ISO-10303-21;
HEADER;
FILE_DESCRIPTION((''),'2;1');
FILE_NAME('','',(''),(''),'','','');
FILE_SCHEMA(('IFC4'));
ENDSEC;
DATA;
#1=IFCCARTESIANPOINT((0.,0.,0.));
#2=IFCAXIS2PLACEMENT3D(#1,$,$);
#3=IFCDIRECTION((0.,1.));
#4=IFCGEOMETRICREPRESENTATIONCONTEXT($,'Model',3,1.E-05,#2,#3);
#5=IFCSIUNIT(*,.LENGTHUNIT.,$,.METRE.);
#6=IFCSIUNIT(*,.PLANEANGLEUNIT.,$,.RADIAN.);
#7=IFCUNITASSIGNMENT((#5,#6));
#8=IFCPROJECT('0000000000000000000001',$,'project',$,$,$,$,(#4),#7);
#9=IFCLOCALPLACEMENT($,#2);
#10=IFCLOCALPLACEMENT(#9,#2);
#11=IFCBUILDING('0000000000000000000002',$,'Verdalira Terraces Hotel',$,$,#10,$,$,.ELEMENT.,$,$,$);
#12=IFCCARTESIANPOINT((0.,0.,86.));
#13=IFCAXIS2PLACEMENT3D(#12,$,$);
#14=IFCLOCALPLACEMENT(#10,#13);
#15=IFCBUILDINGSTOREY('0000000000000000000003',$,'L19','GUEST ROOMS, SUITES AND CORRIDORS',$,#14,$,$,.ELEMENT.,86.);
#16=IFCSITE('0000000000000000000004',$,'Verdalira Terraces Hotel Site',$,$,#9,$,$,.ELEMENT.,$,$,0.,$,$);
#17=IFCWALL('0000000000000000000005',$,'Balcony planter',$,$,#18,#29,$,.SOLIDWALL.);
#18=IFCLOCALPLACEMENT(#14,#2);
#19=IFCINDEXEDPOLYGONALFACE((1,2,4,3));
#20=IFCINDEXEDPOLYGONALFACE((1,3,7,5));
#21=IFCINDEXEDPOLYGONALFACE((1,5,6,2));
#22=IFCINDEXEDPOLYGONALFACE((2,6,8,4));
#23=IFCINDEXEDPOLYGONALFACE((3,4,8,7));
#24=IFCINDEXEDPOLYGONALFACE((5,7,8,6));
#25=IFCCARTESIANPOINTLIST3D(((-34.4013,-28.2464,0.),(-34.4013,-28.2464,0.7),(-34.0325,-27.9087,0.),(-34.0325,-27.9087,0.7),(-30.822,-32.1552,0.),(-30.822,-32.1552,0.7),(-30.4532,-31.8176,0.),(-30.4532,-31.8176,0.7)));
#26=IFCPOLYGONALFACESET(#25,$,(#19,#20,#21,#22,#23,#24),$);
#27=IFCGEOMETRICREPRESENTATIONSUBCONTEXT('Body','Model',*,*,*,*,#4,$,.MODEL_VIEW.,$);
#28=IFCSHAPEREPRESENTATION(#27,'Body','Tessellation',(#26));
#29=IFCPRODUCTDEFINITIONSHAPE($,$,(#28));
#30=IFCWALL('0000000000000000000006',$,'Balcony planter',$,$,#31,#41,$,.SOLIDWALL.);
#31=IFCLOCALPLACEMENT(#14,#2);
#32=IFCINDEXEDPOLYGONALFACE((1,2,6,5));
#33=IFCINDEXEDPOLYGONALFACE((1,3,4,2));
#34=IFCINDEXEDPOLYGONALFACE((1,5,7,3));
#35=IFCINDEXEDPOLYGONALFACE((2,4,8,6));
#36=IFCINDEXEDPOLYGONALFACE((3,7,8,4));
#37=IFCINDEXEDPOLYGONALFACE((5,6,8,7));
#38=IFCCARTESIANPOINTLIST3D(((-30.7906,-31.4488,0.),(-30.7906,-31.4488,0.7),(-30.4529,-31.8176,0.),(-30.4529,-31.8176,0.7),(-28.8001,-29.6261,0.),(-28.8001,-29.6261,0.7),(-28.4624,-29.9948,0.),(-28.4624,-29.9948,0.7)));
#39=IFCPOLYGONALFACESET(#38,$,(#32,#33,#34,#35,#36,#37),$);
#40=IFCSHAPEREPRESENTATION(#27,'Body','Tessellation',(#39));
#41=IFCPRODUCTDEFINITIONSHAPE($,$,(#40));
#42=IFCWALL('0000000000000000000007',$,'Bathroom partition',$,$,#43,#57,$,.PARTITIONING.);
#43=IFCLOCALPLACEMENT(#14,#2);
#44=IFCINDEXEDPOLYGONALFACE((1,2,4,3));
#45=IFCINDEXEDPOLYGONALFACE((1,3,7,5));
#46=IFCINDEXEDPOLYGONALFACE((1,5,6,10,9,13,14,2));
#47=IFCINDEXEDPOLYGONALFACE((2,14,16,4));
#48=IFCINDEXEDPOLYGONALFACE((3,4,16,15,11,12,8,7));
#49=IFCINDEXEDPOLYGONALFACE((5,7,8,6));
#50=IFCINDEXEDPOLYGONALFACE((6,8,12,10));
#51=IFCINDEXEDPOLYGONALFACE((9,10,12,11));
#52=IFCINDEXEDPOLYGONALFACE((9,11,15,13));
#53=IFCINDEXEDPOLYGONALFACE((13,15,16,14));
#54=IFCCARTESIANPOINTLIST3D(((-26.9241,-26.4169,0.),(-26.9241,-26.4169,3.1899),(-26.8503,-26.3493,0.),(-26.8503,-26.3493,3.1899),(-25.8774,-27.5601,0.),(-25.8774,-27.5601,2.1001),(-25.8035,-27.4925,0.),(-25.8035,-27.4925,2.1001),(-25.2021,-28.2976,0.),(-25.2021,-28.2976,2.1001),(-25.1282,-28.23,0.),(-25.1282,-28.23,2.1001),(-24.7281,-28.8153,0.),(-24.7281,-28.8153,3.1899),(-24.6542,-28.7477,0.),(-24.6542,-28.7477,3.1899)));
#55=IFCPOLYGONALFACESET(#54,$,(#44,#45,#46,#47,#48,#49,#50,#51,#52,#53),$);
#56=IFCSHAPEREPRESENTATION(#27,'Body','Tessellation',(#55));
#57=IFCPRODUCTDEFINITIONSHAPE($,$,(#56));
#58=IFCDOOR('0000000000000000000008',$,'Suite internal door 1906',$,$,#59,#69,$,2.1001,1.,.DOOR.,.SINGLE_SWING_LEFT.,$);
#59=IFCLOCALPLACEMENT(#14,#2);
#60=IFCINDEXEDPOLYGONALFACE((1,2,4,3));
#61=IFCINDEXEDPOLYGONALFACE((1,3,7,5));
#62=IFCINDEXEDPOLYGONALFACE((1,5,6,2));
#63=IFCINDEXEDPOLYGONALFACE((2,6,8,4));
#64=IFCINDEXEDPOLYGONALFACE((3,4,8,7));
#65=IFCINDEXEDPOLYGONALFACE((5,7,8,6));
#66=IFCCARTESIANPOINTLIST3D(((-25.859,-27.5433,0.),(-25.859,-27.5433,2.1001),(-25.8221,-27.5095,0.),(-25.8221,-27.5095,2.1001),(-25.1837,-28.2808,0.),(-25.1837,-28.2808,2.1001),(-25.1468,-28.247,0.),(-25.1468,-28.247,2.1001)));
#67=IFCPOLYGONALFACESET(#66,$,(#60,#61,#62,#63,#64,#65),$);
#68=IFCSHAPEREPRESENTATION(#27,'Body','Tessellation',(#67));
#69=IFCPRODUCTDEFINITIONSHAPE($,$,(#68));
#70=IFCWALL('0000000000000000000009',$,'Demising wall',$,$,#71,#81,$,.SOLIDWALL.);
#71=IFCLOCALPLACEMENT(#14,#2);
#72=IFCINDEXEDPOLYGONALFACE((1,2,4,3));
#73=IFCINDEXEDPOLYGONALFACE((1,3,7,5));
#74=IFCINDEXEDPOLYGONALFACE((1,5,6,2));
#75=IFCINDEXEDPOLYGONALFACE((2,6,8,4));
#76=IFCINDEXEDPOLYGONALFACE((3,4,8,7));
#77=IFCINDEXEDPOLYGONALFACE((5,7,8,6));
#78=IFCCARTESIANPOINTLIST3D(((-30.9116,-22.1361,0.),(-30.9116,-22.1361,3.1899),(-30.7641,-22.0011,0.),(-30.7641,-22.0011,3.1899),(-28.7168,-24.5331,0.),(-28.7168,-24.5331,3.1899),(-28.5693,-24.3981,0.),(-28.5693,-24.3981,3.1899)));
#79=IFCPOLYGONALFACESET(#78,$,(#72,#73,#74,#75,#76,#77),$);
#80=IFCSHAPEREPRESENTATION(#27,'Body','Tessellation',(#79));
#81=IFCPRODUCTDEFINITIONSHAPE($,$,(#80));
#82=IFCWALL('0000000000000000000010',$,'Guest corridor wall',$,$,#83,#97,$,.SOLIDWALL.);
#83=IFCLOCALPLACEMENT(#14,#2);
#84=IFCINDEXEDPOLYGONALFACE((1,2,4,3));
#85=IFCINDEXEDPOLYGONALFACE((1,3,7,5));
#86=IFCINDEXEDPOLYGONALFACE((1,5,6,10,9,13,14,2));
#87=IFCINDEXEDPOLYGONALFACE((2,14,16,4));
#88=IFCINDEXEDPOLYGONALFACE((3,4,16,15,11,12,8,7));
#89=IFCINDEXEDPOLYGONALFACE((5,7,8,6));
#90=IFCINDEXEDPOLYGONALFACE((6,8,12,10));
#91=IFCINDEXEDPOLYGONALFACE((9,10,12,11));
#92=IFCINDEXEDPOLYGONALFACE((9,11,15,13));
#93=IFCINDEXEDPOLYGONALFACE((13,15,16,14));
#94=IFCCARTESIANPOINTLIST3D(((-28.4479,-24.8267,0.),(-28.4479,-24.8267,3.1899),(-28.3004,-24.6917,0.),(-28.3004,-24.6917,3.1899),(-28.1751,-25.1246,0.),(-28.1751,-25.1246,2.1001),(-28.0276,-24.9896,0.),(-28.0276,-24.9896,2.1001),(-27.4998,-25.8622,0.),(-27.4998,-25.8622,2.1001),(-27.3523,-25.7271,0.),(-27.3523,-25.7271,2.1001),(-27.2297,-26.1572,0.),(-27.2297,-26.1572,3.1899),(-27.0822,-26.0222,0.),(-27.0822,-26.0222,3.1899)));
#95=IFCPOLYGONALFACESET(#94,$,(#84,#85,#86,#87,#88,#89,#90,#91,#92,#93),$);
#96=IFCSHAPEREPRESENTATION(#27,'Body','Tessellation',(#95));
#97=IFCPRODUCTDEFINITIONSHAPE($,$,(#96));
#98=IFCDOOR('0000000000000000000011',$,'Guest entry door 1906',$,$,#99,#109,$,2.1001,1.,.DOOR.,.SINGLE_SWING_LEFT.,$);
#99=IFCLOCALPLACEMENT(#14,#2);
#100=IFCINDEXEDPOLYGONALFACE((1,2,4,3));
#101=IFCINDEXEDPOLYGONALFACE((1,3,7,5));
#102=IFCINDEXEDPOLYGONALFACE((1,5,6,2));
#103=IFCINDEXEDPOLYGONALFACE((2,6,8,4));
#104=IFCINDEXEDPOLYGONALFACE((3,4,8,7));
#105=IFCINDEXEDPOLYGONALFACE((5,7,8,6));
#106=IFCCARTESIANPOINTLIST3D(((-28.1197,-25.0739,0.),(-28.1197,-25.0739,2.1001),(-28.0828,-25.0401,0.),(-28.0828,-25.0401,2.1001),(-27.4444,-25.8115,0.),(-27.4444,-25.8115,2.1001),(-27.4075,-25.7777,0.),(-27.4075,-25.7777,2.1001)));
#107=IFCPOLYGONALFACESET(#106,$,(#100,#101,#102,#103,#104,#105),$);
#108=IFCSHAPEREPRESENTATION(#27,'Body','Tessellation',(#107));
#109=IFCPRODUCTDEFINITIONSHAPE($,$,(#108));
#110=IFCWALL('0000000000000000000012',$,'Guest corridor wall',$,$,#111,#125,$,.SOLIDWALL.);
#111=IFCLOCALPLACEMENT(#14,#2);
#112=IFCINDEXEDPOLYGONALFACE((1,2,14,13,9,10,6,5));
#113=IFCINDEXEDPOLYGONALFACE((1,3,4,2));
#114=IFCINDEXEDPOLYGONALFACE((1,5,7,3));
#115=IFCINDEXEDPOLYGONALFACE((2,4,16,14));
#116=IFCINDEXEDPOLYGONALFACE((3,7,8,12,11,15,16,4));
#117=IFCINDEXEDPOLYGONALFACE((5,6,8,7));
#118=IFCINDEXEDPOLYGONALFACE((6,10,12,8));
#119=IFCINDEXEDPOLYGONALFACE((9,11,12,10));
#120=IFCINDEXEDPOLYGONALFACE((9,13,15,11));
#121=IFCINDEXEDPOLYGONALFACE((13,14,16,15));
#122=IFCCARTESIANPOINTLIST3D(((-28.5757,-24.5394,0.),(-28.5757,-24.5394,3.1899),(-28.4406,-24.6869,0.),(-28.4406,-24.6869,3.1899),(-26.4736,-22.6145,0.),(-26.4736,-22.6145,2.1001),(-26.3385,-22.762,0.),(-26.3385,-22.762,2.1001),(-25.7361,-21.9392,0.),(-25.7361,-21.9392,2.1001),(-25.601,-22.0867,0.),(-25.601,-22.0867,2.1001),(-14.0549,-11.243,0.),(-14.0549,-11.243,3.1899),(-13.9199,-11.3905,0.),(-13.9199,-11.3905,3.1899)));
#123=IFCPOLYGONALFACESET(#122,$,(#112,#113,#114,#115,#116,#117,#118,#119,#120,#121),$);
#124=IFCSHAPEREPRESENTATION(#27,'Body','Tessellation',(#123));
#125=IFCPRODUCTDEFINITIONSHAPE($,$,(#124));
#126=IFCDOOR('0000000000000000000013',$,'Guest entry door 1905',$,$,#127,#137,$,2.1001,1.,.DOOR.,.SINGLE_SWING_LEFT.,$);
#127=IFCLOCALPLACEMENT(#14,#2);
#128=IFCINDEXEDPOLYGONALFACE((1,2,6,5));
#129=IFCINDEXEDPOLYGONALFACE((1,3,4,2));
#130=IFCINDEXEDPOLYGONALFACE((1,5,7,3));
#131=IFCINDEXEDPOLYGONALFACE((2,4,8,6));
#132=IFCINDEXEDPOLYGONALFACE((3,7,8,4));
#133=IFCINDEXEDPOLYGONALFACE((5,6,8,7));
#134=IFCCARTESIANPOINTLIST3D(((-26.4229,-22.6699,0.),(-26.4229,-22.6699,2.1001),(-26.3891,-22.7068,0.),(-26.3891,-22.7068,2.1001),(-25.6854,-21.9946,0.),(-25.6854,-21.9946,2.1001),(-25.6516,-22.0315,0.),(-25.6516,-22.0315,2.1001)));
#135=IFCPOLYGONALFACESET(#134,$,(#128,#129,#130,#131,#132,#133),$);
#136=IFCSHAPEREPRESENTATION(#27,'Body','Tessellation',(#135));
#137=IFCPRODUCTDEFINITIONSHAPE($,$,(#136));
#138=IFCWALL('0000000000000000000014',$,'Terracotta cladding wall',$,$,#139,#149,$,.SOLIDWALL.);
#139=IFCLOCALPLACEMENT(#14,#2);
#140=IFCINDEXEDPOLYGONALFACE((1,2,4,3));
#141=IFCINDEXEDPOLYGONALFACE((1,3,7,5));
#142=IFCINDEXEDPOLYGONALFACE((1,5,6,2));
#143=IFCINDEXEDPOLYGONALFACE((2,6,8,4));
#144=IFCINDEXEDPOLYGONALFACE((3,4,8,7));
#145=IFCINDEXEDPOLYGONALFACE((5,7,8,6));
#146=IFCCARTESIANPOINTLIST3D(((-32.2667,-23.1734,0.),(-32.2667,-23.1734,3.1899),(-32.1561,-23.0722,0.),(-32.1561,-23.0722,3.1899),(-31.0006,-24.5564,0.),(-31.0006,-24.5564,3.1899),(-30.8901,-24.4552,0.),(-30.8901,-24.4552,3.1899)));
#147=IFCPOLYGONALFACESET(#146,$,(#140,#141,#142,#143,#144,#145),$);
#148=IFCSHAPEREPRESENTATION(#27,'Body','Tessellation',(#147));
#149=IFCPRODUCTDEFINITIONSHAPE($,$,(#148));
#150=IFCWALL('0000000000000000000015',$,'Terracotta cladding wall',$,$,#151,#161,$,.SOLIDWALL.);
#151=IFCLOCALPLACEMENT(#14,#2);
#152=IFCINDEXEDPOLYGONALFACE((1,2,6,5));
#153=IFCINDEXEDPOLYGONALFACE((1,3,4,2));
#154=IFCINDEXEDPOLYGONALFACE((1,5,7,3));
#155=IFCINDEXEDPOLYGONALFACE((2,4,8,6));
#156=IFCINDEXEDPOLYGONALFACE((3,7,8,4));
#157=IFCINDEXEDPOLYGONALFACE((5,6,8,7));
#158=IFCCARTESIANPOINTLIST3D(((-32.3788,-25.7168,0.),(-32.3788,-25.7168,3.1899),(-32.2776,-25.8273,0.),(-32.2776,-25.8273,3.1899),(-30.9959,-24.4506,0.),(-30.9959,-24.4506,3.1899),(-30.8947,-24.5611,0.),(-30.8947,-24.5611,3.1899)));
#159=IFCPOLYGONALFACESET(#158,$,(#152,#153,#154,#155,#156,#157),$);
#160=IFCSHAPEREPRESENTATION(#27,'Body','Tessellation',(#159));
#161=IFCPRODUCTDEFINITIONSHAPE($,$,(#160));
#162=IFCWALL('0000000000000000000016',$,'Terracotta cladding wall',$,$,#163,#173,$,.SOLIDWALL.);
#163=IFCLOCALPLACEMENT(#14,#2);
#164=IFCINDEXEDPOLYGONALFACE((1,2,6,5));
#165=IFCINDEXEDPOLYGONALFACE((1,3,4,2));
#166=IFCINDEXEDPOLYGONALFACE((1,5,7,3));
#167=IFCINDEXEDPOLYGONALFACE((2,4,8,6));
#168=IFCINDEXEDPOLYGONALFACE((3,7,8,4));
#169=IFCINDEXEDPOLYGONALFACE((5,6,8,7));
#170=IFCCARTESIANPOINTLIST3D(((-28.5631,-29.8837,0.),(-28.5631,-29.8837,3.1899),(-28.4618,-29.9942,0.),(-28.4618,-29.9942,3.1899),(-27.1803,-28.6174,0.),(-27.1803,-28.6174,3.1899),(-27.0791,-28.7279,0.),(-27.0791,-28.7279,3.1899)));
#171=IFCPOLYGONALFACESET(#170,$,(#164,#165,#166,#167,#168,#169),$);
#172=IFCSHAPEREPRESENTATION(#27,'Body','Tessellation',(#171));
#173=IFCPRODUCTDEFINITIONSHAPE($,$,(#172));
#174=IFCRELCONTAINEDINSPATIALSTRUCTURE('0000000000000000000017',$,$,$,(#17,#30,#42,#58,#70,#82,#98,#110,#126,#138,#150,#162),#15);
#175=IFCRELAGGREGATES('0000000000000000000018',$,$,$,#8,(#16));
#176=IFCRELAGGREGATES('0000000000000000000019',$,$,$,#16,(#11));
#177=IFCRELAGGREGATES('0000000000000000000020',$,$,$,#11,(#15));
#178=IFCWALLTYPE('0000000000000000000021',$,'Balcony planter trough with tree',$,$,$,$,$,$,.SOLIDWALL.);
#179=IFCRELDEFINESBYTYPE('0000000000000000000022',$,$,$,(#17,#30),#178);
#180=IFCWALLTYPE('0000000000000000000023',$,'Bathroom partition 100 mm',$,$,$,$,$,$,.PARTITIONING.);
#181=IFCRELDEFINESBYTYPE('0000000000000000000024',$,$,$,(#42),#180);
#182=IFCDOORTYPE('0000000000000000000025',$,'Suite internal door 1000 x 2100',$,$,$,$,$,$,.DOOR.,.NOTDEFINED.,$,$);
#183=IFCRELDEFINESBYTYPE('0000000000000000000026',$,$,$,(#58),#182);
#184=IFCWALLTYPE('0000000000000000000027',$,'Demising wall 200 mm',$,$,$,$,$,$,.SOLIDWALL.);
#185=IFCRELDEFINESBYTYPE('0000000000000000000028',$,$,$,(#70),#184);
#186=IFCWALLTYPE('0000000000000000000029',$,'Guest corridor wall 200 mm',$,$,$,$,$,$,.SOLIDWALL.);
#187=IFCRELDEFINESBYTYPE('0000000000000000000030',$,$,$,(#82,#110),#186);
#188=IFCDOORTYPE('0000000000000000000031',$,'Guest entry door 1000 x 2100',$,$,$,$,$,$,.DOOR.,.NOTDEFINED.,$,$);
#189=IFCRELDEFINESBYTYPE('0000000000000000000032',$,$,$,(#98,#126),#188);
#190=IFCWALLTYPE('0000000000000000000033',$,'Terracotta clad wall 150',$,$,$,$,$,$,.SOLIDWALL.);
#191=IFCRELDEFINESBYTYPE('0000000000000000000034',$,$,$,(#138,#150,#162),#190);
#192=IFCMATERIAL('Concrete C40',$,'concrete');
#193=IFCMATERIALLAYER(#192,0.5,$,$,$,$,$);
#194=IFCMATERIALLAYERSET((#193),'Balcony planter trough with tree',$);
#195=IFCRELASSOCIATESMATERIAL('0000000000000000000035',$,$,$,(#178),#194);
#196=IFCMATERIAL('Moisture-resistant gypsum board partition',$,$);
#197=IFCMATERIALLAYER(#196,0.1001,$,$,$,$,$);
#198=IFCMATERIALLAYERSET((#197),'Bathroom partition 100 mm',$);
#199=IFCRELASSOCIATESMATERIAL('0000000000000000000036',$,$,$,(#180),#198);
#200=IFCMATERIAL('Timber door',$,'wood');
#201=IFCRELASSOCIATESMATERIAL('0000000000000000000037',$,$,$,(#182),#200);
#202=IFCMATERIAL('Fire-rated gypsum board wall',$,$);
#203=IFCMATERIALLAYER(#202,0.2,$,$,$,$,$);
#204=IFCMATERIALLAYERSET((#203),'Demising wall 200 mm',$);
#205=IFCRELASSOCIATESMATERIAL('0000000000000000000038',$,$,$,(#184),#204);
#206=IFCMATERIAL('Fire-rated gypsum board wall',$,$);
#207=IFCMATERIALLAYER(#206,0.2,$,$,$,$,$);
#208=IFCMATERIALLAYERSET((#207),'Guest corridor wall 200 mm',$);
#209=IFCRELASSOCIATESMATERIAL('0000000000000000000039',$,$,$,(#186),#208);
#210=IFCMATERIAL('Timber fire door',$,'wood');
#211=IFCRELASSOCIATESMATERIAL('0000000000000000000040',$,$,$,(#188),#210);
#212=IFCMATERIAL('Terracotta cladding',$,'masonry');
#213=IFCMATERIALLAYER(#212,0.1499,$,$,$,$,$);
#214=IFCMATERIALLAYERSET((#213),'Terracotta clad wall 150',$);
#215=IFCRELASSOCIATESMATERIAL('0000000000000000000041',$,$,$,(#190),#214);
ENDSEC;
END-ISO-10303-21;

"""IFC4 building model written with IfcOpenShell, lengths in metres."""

from ifc_helpers import new_model, si_unit, direction, frame, frame_2d, origin, place, context, subcontext, project, spatial, rectangle, extrude, material, layer, layer_set, type_object, element, fill, save


model = new_model("IFC4")

# Units and contexts
model_context = context("Model", 3, precision=1e-05, world=origin(), true_north=direction((0.0, 1.0)))
body_context = subcontext(model_context, "Body", "Model", "MODEL_VIEW")
ifc_project = project(units=[si_unit("LENGTHUNIT", "METRE"), si_unit("PLANEANGLEUNIT", "RADIAN")], contexts=[model_context])

# Site, building, storey
site_placement = place(None, origin())
site = spatial("IfcSite", under=ifc_project, at=site_placement, Name="Verdalira Terraces Hotel Site", CompositionType="ELEMENT", RefElevation=0.0)
building_placement = place(site_placement, origin())
building = spatial("IfcBuilding", under=site, at=building_placement, Name="Verdalira Terraces Hotel", CompositionType="ELEMENT")
storey_placement = place(building_placement, frame((0.0, 0.0, 86.0)))
storey = spatial("IfcBuildingStorey", under=building, at=storey_placement, Name="L19", Description="GUEST ROOMS, SUITES AND CORRIDORS", CompositionType="ELEMENT", Elevation=86.0)

# Walls
ifc_material_1 = material(Name="Concrete C40", Category="concrete")
ifc_layer_1 = layer(ifc_material_1, 0.5)
ifc_layer_set_1 = layer_set([ifc_layer_1], Name="Balcony planter trough with tree")
wall_type_1 = type_object("IfcWallType", Name="Balcony planter trough with tree", PredefinedType="SOLIDWALL", material=ifc_layer_set_1)
wall_1_placement = place(storey_placement, frame((-34.2168, -28.0776, 0.0), z_axis=(0.0, 0.0, 1.0), x_axis=(0.67533, -0.737515, 0.0)))
element("IfcWall", 1, at=wall_1_placement, inside=storey, type_object=wall_type_1, Name="Balcony planter", PredefinedType="SOLIDWALL", context=body_context, shape_type="SweptSolid", body=[
    extrude(rectangle(XDim=5.3, YDim=0.5, at=frame_2d((2.6499, 0.0))), origin(), (0.0, 0.0, 1.0), 0.7),
])
wall_2_placement = place(storey_placement, frame((-30.6218, -31.6333, 0.0), z_axis=(0.0, 0.0, 1.0), x_axis=(0.737496, 0.675352, 0.0)))
element("IfcWall", 2, at=wall_2_placement, inside=storey, type_object=wall_type_1, Name="Balcony planter", PredefinedType="SOLIDWALL", context=body_context, shape_type="SweptSolid", body=[
    extrude(rectangle(XDim=2.699, YDim=0.5, at=frame_2d((1.3496, 0.0))), origin(), (0.0, 0.0, 1.0), 0.7),
])

# Wall, opening, door
ifc_material_2 = material(Name="Moisture-resistant gypsum board partition")
ifc_layer_2 = layer(ifc_material_2, 0.1001)
ifc_layer_set_2 = layer_set([ifc_layer_2], Name="Bathroom partition 100 mm")
wall_type_2 = type_object("IfcWallType", Name="Bathroom partition 100 mm", PredefinedType="PARTITIONING", material=ifc_layer_set_2)
wall_3_placement = place(storey_placement, frame((-26.8872, -26.3831, 0.0), z_axis=(0.0, 0.0, 1.0), x_axis=(0.675303, -0.73754, 0.0)))
wall_3 = element("IfcWall", 3, at=wall_3_placement, inside=storey, type_object=wall_type_2, Name="Bathroom partition", PredefinedType="PARTITIONING", context=body_context, shape_type="SweptSolid", body=[
    extrude(rectangle(XDim=3.252, YDim=0.1001, at=frame_2d((1.626, 0.0))), origin(), (0.0, 0.0, 1.0), 3.1899),
])
opening_1_placement = place(wall_3_placement, frame((1.55, 0.0, 0.0)))
opening_1 = element("IfcOpeningElement", 4, at=opening_1_placement, cuts=wall_3, PredefinedType="OPENING", context=body_context, shape_type="SweptSolid", body=[
    extrude(rectangle(XDim=1.0, YDim=2.1001, at=frame_2d((0.5, 1.05))), frame((0.0, 0.0601, 0.0), z_axis=(0.0, -1.0, 0.0), x_axis=(1.0, 0.0, 0.0)), (0.0, 0.0, 1.0), 0.1201),
])
ifc_material_3 = material(Name="Timber door", Category="wood")
door_type_1 = type_object("IfcDoorType", Name="Suite internal door 1000 x 2100", OperationType="NOTDEFINED", PredefinedType="DOOR", material=ifc_material_3)
door_1_placement = place(opening_1_placement, origin())
door_1 = element("IfcDoor", 5, at=door_1_placement, inside=storey, type_object=door_type_1, Name="Suite internal door 1906", OperationType="SINGLE_SWING_LEFT", OverallHeight=2.1001, OverallWidth=1.0, PredefinedType="DOOR", context=body_context, shape_type="SweptSolid", body=[
    extrude(rectangle(XDim=1.0, YDim=2.1001, at=frame_2d((0.5, 1.05))), frame((0.0, 0.0249, 0.0), z_axis=(0.0, -1.0, 0.0), x_axis=(1.0, 0.0, 0.0)), (0.0, 0.0, 1.0), 0.05),
])
fill(opening_1, door_1)

# Wall
ifc_material_4 = material(Name="Fire-rated gypsum board wall")
ifc_layer_3 = layer(ifc_material_4, 0.2)
ifc_layer_set_3 = layer_set([ifc_layer_3], Name="Demising wall 200 mm")
wall_type_3 = type_object("IfcWallType", Name="Demising wall 200 mm", PredefinedType="SOLIDWALL", material=ifc_layer_set_3)
wall_4_placement = place(storey_placement, frame((-28.6431, -24.4656, 0.0), z_axis=(0.0, 0.0, 1.0), x_axis=(-0.675323, 0.737522, 0.0)))
element("IfcWall", 6, at=wall_4_placement, inside=storey, type_object=wall_type_3, Name="Demising wall", PredefinedType="SOLIDWALL", context=body_context, shape_type="SweptSolid", body=[
    extrude(rectangle(XDim=3.25, YDim=0.2, at=frame_2d((1.625, 0.0))), origin(), (0.0, 0.0, 1.0), 3.1899),
])

# Walls, openings, doors
ifc_material_5 = material(Name="Fire-rated gypsum board wall")
ifc_layer_4 = layer(ifc_material_5, 0.2)
ifc_layer_set_4 = layer_set([ifc_layer_4], Name="Guest corridor wall 200 mm")
wall_type_4 = type_object("IfcWallType", Name="Guest corridor wall 200 mm", PredefinedType="SOLIDWALL", material=ifc_layer_set_4)
wall_5_placement = place(storey_placement, frame((-27.156, -26.0896, 0.0), z_axis=(0.0, 0.0, 1.0), x_axis=(-0.675296, 0.737547, 0.0)))
wall_5 = element("IfcWall", 7, at=wall_5_placement, inside=storey, type_object=wall_type_4, Name="Guest corridor wall", PredefinedType="SOLIDWALL", context=body_context, shape_type="SweptSolid", body=[
    extrude(rectangle(XDim=1.804, YDim=0.2, at=frame_2d((0.9019, 0.0))), origin(), (0.0, 0.0, 1.0), 3.1899),
])
opening_2_placement = place(wall_5_placement, frame((0.3999, 0.0, 0.0)))
opening_2 = element("IfcOpeningElement", 8, at=opening_2_placement, cuts=wall_5, PredefinedType="OPENING", context=body_context, shape_type="SweptSolid", body=[
    extrude(rectangle(XDim=1.0, YDim=2.1001, at=frame_2d((0.5, 1.05))), frame((0.0, 0.1099, 0.0), z_axis=(0.0, -1.0, 0.0), x_axis=(1.0, 0.0, 0.0)), (0.0, 0.0, 1.0), 0.22),
])
ifc_material_6 = material(Name="Timber fire door", Category="wood")
door_type_2 = type_object("IfcDoorType", Name="Guest entry door 1000 x 2100", OperationType="NOTDEFINED", PredefinedType="DOOR", material=ifc_material_6)
door_2_placement = place(opening_2_placement, origin())
door_2 = element("IfcDoor", 9, at=door_2_placement, inside=storey, type_object=door_type_2, Name="Guest entry door 1906", OperationType="SINGLE_SWING_LEFT", OverallHeight=2.1001, OverallWidth=1.0, PredefinedType="DOOR", context=body_context, shape_type="SweptSolid", body=[
    extrude(rectangle(XDim=1.0, YDim=2.1001, at=frame_2d((0.5, 1.05))), frame((0.0, 0.0249, 0.0), z_axis=(0.0, -1.0, 0.0), x_axis=(1.0, 0.0, 0.0)), (0.0, 0.0, 1.0), 0.05),
])
fill(opening_2, door_2)
wall_6_placement = place(storey_placement, frame((-28.5081, -24.613, 0.0), z_axis=(0.0, 0.0, 1.0), x_axis=(0.737516, 0.67533, 0.0)))
wall_6 = element("IfcWall", 10, at=wall_6_placement, inside=storey, type_object=wall_type_4, Name="Guest corridor wall", PredefinedType="SOLIDWALL", context=body_context, shape_type="SweptSolid", body=[
    extrude(rectangle(XDim=19.6887, YDim=0.2, at=frame_2d((9.8442, 0.0))), origin(), (0.0, 0.0, 1.0), 3.1899),
])
opening_3_placement = place(wall_6_placement, frame((2.8501, 0.0, 0.0)))
opening_3 = element("IfcOpeningElement", 11, at=opening_3_placement, cuts=wall_6, PredefinedType="OPENING", context=body_context, shape_type="SweptSolid", body=[
    extrude(rectangle(XDim=1.0, YDim=2.1001, at=frame_2d((0.5, 1.05))), frame((0.0, 0.1099, 0.0), z_axis=(0.0, -1.0, 0.0), x_axis=(1.0, 0.0, 0.0)), (0.0, 0.0, 1.0), 0.22),
])
door_3_placement = place(opening_3_placement, origin())
door_3 = element("IfcDoor", 12, at=door_3_placement, inside=storey, type_object=door_type_2, Name="Guest entry door 1905", OperationType="SINGLE_SWING_LEFT", OverallHeight=2.1001, OverallWidth=1.0, PredefinedType="DOOR", context=body_context, shape_type="SweptSolid", body=[
    extrude(rectangle(XDim=1.0, YDim=2.1001, at=frame_2d((0.5, 1.05))), frame((0.0, 0.0249, 0.0), z_axis=(0.0, -1.0, 0.0), x_axis=(1.0, 0.0, 0.0)), (0.0, 0.0, 1.0), 0.05),
])
fill(opening_3, door_3)

# Walls
ifc_material_7 = material(Name="Terracotta cladding", Category="masonry")
ifc_layer_5 = layer(ifc_material_7, 0.1499)
ifc_layer_set_5 = layer_set([ifc_layer_5], Name="Terracotta clad wall 150")
wall_type_5 = type_object("IfcWallType", Name="Terracotta clad wall 150", PredefinedType="SOLIDWALL", material=ifc_layer_set_5)
for number, where, z_axis, x_axis, name in (
    (13, (-32.2114, -23.1228, 0.0), (0.0, 0.0, 1.0), (0.675235, -0.737603, 0.0), "Terracotta cladding wall"),
    (14, (-30.9453, -24.5059, 0.0), (0.0, 0.0, 1.0), (-0.737543, -0.6753, 0.0), "Terracotta cladding wall"),
    (15, (-28.5125, -29.939, 0.0), (0.0, 0.0, 1.0), (0.737478, 0.675371, 0.0), "Terracotta cladding wall"),
):
    element("IfcWall", number, at=place(storey_placement, frame(where, z_axis=z_axis, x_axis=x_axis)), inside=storey, type_object=wall_type_5, Name=name, PredefinedType="SOLIDWALL", context=body_context, shape_type="SweptSolid", body=[
        extrude(rectangle(XDim=1.875, YDim=0.1499, at=frame_2d((0.9375, 0.0))), origin(), (0.0, 0.0, 1.0), 3.1899),
    ])

save(model, "model.ifc")
